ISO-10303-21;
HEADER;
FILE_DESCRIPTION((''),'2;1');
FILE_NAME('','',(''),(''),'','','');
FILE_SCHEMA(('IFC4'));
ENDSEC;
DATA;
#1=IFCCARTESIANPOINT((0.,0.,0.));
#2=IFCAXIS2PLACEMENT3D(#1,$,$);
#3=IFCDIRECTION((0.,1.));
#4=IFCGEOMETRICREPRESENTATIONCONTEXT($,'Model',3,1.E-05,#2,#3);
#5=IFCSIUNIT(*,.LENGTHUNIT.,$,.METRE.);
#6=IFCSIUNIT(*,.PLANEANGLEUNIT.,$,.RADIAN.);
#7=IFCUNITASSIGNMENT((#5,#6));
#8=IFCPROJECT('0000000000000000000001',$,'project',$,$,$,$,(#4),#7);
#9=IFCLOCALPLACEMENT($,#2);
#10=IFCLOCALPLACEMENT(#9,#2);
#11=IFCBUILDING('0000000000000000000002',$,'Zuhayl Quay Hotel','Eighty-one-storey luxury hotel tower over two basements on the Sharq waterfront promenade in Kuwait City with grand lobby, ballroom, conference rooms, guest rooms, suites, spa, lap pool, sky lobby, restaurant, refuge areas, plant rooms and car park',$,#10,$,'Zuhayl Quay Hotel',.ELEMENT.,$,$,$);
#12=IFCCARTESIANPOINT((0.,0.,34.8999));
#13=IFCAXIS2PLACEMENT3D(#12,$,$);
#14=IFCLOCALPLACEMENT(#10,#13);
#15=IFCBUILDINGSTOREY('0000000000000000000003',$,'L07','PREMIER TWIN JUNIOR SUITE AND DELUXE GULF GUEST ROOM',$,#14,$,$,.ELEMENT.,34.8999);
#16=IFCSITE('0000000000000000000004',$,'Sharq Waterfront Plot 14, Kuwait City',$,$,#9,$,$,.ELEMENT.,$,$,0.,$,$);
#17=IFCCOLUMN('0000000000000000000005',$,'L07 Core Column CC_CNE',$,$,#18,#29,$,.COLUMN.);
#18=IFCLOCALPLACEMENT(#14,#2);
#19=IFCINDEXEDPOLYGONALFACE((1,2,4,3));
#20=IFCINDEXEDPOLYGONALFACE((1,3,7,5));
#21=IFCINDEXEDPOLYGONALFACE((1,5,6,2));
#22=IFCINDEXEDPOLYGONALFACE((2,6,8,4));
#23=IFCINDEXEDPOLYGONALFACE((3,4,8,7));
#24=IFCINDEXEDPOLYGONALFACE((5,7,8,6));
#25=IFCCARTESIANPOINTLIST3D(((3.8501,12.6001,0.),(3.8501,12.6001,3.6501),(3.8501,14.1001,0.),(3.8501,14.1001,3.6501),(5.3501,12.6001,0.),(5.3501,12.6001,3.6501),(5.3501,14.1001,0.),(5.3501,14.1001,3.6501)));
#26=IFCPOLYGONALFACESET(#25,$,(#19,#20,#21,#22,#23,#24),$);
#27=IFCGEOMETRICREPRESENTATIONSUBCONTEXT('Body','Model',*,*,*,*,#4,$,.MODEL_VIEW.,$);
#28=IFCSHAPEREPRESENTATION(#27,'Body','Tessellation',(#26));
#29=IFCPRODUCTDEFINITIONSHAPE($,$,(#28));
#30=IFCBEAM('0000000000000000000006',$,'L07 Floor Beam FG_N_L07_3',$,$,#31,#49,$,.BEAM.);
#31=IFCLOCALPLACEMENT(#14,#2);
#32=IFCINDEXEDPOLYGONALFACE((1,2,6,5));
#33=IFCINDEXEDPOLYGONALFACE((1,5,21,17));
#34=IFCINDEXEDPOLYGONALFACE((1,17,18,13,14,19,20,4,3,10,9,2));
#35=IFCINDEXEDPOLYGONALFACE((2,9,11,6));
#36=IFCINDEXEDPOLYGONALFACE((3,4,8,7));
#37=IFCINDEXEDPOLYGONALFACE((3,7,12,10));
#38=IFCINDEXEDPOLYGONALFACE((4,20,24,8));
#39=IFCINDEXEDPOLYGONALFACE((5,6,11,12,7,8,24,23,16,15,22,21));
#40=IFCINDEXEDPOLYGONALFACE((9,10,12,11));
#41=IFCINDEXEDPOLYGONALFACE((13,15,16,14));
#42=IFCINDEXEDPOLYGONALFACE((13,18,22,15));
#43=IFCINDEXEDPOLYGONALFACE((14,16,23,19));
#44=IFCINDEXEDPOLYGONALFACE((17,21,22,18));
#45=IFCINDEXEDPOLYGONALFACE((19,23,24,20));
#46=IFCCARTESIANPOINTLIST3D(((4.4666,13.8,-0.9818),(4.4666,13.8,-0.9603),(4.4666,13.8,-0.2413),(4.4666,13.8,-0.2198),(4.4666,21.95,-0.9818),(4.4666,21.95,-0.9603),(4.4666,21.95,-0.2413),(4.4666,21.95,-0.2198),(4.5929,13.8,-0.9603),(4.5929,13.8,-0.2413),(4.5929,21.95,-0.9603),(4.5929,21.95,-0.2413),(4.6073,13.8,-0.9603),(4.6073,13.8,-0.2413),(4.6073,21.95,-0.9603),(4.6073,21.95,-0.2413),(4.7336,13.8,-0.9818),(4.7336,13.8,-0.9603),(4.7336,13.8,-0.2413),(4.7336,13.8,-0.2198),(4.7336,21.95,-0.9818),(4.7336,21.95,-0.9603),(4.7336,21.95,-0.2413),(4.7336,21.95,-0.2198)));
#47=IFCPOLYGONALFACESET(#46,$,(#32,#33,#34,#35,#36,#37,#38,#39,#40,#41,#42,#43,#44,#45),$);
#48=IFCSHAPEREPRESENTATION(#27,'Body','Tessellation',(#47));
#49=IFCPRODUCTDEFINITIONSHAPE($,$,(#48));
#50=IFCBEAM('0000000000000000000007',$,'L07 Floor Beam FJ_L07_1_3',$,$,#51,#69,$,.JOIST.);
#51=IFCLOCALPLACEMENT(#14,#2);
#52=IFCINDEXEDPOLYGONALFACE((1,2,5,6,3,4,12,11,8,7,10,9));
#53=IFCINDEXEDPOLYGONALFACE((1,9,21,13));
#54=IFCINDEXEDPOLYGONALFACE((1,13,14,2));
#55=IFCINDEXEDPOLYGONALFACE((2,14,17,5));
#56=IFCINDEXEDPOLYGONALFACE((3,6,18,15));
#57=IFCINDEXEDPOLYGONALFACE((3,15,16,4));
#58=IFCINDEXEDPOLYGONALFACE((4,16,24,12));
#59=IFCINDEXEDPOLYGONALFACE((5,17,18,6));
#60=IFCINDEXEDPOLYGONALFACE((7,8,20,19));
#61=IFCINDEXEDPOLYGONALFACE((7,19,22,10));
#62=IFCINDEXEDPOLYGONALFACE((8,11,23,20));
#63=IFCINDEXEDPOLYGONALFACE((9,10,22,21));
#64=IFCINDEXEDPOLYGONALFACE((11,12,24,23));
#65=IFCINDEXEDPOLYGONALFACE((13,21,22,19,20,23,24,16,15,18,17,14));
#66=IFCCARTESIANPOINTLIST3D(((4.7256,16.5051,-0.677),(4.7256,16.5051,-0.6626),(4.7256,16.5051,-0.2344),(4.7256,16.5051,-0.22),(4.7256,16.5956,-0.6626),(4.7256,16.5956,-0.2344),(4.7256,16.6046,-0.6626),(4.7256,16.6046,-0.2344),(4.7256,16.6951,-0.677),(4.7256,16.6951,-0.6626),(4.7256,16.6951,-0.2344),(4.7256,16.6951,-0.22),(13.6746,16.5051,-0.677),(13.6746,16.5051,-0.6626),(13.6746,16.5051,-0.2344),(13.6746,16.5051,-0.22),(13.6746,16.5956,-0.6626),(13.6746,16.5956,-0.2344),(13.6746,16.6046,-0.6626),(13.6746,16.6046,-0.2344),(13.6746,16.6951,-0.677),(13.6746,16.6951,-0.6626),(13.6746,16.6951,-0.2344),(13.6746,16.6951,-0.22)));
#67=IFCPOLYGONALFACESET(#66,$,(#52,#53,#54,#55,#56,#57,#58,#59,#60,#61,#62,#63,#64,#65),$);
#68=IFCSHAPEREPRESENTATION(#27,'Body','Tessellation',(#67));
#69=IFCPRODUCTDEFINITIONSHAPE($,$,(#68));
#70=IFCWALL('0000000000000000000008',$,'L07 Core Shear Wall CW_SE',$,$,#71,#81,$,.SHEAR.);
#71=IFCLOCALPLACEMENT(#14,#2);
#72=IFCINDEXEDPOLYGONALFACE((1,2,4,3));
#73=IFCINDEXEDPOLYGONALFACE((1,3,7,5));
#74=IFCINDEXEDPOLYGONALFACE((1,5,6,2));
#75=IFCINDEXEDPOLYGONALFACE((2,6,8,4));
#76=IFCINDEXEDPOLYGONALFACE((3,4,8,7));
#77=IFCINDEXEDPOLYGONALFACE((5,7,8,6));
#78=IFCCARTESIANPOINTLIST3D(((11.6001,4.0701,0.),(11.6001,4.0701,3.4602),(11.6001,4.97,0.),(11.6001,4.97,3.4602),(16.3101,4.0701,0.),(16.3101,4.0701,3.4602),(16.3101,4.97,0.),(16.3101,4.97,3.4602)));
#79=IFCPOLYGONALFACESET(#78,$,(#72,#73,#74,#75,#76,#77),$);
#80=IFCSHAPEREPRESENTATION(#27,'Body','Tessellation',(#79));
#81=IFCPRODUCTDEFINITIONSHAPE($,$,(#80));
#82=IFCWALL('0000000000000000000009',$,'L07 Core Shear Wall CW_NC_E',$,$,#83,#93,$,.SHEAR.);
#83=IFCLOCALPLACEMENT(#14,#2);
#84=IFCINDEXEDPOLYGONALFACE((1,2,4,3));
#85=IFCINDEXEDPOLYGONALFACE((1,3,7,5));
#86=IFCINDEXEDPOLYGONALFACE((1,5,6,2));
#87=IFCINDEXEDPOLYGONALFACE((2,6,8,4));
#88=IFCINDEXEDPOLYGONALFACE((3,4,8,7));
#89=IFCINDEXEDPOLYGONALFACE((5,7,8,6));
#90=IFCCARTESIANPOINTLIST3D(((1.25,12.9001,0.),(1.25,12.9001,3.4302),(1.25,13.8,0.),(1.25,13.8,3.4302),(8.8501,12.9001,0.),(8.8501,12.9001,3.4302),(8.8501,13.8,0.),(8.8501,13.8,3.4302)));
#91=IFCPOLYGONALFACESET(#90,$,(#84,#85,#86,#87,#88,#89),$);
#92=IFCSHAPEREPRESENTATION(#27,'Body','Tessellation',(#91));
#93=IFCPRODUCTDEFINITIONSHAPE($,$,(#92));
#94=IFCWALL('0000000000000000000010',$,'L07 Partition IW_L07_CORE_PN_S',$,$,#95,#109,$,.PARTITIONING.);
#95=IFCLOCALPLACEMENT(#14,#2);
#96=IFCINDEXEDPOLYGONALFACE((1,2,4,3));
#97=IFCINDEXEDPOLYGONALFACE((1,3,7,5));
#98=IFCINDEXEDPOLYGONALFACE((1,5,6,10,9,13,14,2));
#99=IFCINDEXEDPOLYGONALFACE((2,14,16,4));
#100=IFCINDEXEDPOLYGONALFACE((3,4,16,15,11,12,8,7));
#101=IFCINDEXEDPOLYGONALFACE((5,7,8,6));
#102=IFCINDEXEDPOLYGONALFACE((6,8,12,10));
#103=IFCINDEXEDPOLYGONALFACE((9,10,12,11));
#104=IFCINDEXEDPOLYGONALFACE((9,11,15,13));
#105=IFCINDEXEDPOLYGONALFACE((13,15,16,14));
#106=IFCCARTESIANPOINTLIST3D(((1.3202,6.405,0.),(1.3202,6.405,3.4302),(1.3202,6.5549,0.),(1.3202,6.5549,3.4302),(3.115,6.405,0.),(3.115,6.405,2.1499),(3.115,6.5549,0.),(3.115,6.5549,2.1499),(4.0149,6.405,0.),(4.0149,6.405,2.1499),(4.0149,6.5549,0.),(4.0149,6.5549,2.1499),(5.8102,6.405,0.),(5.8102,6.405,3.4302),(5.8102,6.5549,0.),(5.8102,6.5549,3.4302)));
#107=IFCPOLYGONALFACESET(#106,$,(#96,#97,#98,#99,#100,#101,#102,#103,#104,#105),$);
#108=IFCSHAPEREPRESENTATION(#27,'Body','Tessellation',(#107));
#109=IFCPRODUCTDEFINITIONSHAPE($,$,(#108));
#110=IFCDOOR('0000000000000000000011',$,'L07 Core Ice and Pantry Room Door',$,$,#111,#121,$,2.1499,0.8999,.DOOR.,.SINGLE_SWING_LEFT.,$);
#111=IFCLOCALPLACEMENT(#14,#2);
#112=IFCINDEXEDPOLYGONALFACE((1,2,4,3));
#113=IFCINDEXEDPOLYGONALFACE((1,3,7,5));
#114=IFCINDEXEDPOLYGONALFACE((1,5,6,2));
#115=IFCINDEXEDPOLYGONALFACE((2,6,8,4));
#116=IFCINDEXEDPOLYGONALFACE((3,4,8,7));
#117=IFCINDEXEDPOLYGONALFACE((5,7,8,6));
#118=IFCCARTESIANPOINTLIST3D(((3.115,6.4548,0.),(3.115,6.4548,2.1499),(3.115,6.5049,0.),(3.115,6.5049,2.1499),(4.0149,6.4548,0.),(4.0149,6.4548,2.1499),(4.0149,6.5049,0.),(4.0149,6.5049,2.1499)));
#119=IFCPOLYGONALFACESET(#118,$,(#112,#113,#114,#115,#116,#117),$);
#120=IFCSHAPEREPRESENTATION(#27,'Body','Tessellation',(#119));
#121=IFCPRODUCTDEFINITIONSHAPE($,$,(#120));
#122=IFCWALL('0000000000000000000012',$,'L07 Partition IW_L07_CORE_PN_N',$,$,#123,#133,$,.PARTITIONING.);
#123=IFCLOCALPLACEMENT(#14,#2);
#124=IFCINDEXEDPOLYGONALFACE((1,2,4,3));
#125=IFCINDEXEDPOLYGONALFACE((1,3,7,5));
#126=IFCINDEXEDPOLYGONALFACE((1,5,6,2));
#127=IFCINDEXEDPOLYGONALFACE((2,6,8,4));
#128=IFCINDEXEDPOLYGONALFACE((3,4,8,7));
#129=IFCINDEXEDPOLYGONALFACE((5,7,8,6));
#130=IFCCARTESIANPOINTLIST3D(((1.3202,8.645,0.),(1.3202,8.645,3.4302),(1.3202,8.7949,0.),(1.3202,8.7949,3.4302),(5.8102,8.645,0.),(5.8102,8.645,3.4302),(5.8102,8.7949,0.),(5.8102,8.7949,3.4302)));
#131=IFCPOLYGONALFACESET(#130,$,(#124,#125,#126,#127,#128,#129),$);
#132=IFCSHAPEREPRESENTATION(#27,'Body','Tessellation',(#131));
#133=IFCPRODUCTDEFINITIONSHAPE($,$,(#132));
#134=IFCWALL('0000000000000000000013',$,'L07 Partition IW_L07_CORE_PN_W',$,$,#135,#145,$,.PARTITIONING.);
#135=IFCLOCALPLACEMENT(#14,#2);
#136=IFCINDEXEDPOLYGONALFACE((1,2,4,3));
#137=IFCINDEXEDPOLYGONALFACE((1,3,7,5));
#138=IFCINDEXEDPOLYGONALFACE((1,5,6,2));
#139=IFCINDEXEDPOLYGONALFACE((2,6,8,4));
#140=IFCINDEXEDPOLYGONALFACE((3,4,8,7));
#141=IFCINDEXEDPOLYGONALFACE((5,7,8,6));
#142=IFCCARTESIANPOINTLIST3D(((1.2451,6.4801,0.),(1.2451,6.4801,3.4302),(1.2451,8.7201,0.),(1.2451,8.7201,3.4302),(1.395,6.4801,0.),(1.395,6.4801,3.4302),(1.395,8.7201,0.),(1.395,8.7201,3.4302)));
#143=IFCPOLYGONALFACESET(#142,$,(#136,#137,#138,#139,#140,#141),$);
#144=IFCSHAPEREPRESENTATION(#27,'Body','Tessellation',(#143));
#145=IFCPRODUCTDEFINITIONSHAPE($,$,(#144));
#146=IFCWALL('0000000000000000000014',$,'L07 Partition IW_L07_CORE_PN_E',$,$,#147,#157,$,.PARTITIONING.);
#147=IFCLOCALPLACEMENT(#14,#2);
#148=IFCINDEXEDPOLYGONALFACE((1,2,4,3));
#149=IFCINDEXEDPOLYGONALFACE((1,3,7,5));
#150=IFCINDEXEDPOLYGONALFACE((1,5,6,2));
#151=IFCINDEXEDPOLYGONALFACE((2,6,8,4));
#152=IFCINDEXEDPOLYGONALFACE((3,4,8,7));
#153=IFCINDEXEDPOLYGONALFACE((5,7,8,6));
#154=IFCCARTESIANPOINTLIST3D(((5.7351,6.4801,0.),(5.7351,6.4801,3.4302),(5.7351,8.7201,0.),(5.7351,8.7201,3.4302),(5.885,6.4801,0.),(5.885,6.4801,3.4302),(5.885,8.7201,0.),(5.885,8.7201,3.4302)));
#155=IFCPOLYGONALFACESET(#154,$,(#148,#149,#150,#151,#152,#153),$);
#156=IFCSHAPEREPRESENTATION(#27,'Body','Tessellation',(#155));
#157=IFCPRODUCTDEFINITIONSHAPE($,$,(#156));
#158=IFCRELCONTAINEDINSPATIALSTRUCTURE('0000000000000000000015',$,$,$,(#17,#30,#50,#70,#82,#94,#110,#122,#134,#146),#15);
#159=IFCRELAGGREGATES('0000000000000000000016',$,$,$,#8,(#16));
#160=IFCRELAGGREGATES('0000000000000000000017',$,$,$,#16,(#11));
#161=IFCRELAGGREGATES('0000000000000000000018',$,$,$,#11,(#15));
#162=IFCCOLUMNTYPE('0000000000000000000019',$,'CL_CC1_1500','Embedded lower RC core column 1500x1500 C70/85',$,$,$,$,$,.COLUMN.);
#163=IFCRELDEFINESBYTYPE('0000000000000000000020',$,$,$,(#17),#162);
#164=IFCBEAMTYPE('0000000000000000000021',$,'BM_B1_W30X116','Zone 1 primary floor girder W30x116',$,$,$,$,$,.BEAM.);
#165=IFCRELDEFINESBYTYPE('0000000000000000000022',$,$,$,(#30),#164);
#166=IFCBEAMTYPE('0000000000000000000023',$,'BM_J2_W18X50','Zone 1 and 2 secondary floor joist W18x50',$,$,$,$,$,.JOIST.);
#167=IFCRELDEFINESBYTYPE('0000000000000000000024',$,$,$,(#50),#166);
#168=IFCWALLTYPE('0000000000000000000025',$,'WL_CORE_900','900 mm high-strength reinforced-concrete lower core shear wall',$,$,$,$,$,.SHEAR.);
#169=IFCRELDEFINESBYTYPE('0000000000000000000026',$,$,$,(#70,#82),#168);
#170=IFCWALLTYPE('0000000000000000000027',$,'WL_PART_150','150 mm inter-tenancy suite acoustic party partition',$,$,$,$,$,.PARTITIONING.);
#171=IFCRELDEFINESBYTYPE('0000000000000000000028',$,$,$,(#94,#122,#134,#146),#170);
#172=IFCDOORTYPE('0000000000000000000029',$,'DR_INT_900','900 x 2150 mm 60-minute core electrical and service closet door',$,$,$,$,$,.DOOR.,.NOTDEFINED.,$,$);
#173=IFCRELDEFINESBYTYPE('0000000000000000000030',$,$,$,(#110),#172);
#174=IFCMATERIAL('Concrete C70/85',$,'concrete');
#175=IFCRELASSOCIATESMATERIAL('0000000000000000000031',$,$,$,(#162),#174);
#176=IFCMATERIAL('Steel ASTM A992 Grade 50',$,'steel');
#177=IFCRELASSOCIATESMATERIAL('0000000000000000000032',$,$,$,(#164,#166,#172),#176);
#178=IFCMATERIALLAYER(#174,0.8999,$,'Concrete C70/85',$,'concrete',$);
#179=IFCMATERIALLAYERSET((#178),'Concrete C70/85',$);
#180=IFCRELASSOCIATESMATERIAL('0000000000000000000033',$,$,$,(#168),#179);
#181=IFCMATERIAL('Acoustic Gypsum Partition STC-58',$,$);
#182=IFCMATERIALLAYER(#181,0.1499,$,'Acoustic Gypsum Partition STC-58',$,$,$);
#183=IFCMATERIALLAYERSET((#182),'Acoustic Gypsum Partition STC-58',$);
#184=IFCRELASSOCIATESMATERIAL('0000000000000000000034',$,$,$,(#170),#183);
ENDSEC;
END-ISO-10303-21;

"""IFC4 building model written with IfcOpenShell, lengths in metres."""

from ifc_helpers import new_model, si_unit, direction, frame, frame_2d, origin, origin_2d, place, context, subcontext, project, spatial, rectangle, i_section, extrude, material, layer, layer_set, material_profile, profile_set, type_object, element, fill, save


model = new_model("IFC4")

# Units and contexts
model_context = context("Model", 3, precision=1e-05, world=origin(), true_north=direction((0.0, 1.0)))
body_context = subcontext(model_context, "Body", "Model", "MODEL_VIEW")
ifc_project = project(units=[si_unit("LENGTHUNIT", "METRE"), si_unit("PLANEANGLEUNIT", "RADIAN")], contexts=[model_context])

# Site, building, storey
site_placement = place(None, origin())
site = spatial("IfcSite", under=ifc_project, at=site_placement, Name="Sharq Waterfront Plot 14, Kuwait City", CompositionType="ELEMENT", RefElevation=0.0)
building_placement = place(site_placement, origin())
building = spatial("IfcBuilding", under=site, at=building_placement, Name="Zuhayl Quay Hotel", Description="Eighty-one-storey luxury hotel tower over two basements on the Sharq waterfront promenade in Kuwait City with grand lobby, ballroom, conference rooms, guest rooms, suites, spa, lap pool, sky lobby, restaurant, refuge areas, plant rooms and car park", LongName="Zuhayl Quay Hotel", CompositionType="ELEMENT")
storey_placement = place(building_placement, frame((0.0, 0.0, 34.8999)))
storey = spatial("IfcBuildingStorey", under=building, at=storey_placement, Name="L07", Description="PREMIER TWIN JUNIOR SUITE AND DELUXE GULF GUEST ROOM", CompositionType="ELEMENT", Elevation=34.8999)

# Column
ifc_material_1 = material(Name="Concrete C70/85", Category="concrete")
ifc_material_profile_1 = material_profile(ifc_material_1, rectangle(XDim=1.5, YDim=1.5, at=origin_2d()), Name="RC1500X1500")
ifc_profile_set_1 = profile_set([ifc_material_profile_1], Name="Concrete C70/85")
column_type = type_object("IfcColumnType", Name="CL_CC1_1500", Description="Embedded lower RC core column 1500x1500 C70/85", PredefinedType="COLUMN", material=ifc_profile_set_1)
column_placement = place(storey_placement, frame((4.6001, 13.3501, 0.0), z_axis=(0.0, 0.0, 1.0), x_axis=(1.0, 0.0, 0.0)))
element("IfcColumn", 1, at=column_placement, inside=storey, type_object=column_type, Name="L07 Core Column CC_CNE", PredefinedType="COLUMN", context=body_context, shape_type="SweptSolid", body=[
    extrude(rectangle(XDim=1.5, YDim=1.5, at=origin_2d()), origin(), (0.0, 0.0, 1.0), 3.6501),
])

# Beams
ifc_material_2 = material(Name="Steel ASTM A992 Grade 50", Category="steel")
ifc_material_profile_2 = material_profile(ifc_material_2, i_section(OverallWidth=0.2671, OverallDepth=0.762, WebThickness=0.0144, FlangeThickness=0.0215, at=origin_2d()), Name="W30X116")
ifc_profile_set_2 = profile_set([ifc_material_profile_2], Name="Steel ASTM A992 Grade 50")
beam_type_1 = type_object("IfcBeamType", Name="BM_B1_W30X116", Description="Zone 1 primary floor girder W30x116", PredefinedType="BEAM", material=ifc_profile_set_2)
beam_1_placement = place(storey_placement, frame((4.6001, 13.8, -0.6008), z_axis=(0.0, 1.0, 0.0), x_axis=(-1.0, 0.0, 0.0)))
element("IfcBeam", 2, at=beam_1_placement, inside=storey, type_object=beam_type_1, Name="L07 Floor Beam FG_N_L07_3", PredefinedType="BEAM", context=body_context, shape_type="SweptSolid", body=[
    extrude(i_section(OverallWidth=0.2671, OverallDepth=0.762, WebThickness=0.0144, FlangeThickness=0.0215, at=origin_2d()), origin(), (0.0, 0.0, 1.0), 8.1499),
])
ifc_material_profile_3 = material_profile(ifc_material_2, i_section(OverallWidth=0.1899, OverallDepth=0.457, WebThickness=0.009, FlangeThickness=0.0144, at=origin_2d()), Name="W18X50")
ifc_profile_set_3 = profile_set([ifc_material_profile_3], Name="Steel ASTM A992 Grade 50")
beam_type_2 = type_object("IfcBeamType", Name="BM_J2_W18X50", Description="Zone 1 and 2 secondary floor joist W18x50", PredefinedType="JOIST", material=ifc_profile_set_3)
beam_2_placement = place(storey_placement, frame((4.7256, 16.6001, -0.4485), z_axis=(1.0, 0.0, 0.0), x_axis=(0.0, 1.0, 0.0)))
element("IfcBeam", 3, at=beam_2_placement, inside=storey, type_object=beam_type_2, Name="L07 Floor Beam FJ_L07_1_3", PredefinedType="JOIST", context=body_context, shape_type="SweptSolid", body=[
    extrude(i_section(OverallWidth=0.1899, OverallDepth=0.457, WebThickness=0.009, FlangeThickness=0.0144, at=origin_2d()), origin(), (0.0, 0.0, 1.0), 8.949),
])

# Walls
ifc_layer_1 = layer(ifc_material_1, 0.8999, Name="Concrete C70/85", Category="concrete")
ifc_layer_set_1 = layer_set([ifc_layer_1], Name="Concrete C70/85")
wall_type_1 = type_object("IfcWallType", Name="WL_CORE_900", Description="900 mm high-strength reinforced-concrete lower core shear wall", PredefinedType="SHEAR", material=ifc_layer_set_1)
wall_1_placement = place(storey_placement, frame((11.6001, 4.52, 0.0), z_axis=(0.0, 0.0, 1.0), x_axis=(1.0, 0.0, 0.0)))
element("IfcWall", 4, at=wall_1_placement, inside=storey, type_object=wall_type_1, Name="L07 Core Shear Wall CW_SE", PredefinedType="SHEAR", context=body_context, shape_type="SweptSolid", body=[
    extrude(rectangle(XDim=4.71, YDim=0.8999, at=frame_2d((2.355, 0.0))), origin(), (0.0, 0.0, 1.0), 3.4602),
])
wall_2_placement = place(storey_placement, frame((1.25, 13.3501, 0.0), z_axis=(0.0, 0.0, 1.0), x_axis=(1.0, 0.0, 0.0)))
element("IfcWall", 5, at=wall_2_placement, inside=storey, type_object=wall_type_1, Name="L07 Core Shear Wall CW_NC_E", PredefinedType="SHEAR", context=body_context, shape_type="SweptSolid", body=[
    extrude(rectangle(XDim=7.6001, YDim=0.8999, at=frame_2d((3.8, 0.0))), origin(), (0.0, 0.0, 1.0), 3.4302),
])

# Wall, opening, door
ifc_material_3 = material(Name="Acoustic Gypsum Partition STC-58")
ifc_layer_2 = layer(ifc_material_3, 0.1499, Name="Acoustic Gypsum Partition STC-58")
ifc_layer_set_2 = layer_set([ifc_layer_2], Name="Acoustic Gypsum Partition STC-58")
wall_type_2 = type_object("IfcWallType", Name="WL_PART_150", Description="150 mm inter-tenancy suite acoustic party partition", PredefinedType="PARTITIONING", material=ifc_layer_set_2)
wall_3_placement = place(storey_placement, frame((1.3201, 6.48, 0.0), z_axis=(0.0, 0.0, 1.0), x_axis=(1.0, 0.0, 0.0)))
wall_3 = element("IfcWall", 6, at=wall_3_placement, inside=storey, type_object=wall_type_2, Name="L07 Partition IW_L07_CORE_PN_S", PredefinedType="PARTITIONING", context=body_context, shape_type="SweptSolid", body=[
    extrude(rectangle(XDim=4.49, YDim=0.1499, at=frame_2d((2.2451, 0.0))), origin(), (0.0, 0.0, 1.0), 3.4302),
])
opening_1_placement = place(wall_3_placement, frame((1.7949, 0.0, 0.0)))
opening_1 = element("IfcOpeningElement", 7, at=opening_1_placement, cuts=wall_3, PredefinedType="OPENING", context=body_context, shape_type="SweptSolid", body=[
    extrude(rectangle(XDim=0.8999, YDim=2.1499, at=frame_2d((0.45, 1.075))), frame((0.0, 0.085, 0.0), z_axis=(0.0, -1.0, 0.0), x_axis=(1.0, 0.0, 0.0)), (0.0, 0.0, 1.0), 0.1699),
])
door_type_1 = type_object("IfcDoorType", Name="DR_INT_900", Description="900 x 2150 mm 60-minute core electrical and service closet door", OperationType="NOTDEFINED", PredefinedType="DOOR", material=ifc_material_2)
door_1_placement = place(opening_1_placement, origin())
door_1 = element("IfcDoor", 8, at=door_1_placement, inside=storey, type_object=door_type_1, Name="L07 Core Ice and Pantry Room Door", OperationType="SINGLE_SWING_LEFT", OverallHeight=2.1499, OverallWidth=0.8999, PredefinedType="DOOR", context=body_context, shape_type="SweptSolid", body=[
    extrude(rectangle(XDim=0.8999, YDim=2.1499, at=frame_2d((0.45, 1.075))), frame((0.0, 0.0249, 0.0), z_axis=(0.0, -1.0, 0.0), x_axis=(1.0, 0.0, 0.0)), (0.0, 0.0, 1.0), 0.05),
])
fill(opening_1, door_1)

# Walls
wall_4_placement = place(storey_placement, frame((1.3201, 8.72, 0.0), z_axis=(0.0, 0.0, 1.0), x_axis=(1.0, 0.0, 0.0)))
element("IfcWall", 9, at=wall_4_placement, inside=storey, type_object=wall_type_2, Name="L07 Partition IW_L07_CORE_PN_N", PredefinedType="PARTITIONING", context=body_context, shape_type="SweptSolid", body=[
    extrude(rectangle(XDim=4.49, YDim=0.1499, at=frame_2d((2.2451, 0.0))), origin(), (0.0, 0.0, 1.0), 3.4302),
])
for number, where, z_axis, x_axis, name in (
    (10, (1.3201, 6.48, 0.0), (0.0, 0.0, 1.0), (0.0, 1.0, 0.0), "L07 Partition IW_L07_CORE_PN_W"),
    (11, (5.8101, 6.48, 0.0), (0.0, 0.0, 1.0), (0.0, 1.0, 0.0), "L07 Partition IW_L07_CORE_PN_E"),
):
    element("IfcWall", number, at=place(storey_placement, frame(where, z_axis=z_axis, x_axis=x_axis)), inside=storey, type_object=wall_type_2, Name=name, PredefinedType="PARTITIONING", context=body_context, shape_type="SweptSolid", body=[
        extrude(rectangle(XDim=2.24, YDim=0.1499, at=frame_2d((1.1201, 0.0))), origin(), (0.0, 0.0, 1.0), 3.4302),
    ])

save(model, "model.ifc")
